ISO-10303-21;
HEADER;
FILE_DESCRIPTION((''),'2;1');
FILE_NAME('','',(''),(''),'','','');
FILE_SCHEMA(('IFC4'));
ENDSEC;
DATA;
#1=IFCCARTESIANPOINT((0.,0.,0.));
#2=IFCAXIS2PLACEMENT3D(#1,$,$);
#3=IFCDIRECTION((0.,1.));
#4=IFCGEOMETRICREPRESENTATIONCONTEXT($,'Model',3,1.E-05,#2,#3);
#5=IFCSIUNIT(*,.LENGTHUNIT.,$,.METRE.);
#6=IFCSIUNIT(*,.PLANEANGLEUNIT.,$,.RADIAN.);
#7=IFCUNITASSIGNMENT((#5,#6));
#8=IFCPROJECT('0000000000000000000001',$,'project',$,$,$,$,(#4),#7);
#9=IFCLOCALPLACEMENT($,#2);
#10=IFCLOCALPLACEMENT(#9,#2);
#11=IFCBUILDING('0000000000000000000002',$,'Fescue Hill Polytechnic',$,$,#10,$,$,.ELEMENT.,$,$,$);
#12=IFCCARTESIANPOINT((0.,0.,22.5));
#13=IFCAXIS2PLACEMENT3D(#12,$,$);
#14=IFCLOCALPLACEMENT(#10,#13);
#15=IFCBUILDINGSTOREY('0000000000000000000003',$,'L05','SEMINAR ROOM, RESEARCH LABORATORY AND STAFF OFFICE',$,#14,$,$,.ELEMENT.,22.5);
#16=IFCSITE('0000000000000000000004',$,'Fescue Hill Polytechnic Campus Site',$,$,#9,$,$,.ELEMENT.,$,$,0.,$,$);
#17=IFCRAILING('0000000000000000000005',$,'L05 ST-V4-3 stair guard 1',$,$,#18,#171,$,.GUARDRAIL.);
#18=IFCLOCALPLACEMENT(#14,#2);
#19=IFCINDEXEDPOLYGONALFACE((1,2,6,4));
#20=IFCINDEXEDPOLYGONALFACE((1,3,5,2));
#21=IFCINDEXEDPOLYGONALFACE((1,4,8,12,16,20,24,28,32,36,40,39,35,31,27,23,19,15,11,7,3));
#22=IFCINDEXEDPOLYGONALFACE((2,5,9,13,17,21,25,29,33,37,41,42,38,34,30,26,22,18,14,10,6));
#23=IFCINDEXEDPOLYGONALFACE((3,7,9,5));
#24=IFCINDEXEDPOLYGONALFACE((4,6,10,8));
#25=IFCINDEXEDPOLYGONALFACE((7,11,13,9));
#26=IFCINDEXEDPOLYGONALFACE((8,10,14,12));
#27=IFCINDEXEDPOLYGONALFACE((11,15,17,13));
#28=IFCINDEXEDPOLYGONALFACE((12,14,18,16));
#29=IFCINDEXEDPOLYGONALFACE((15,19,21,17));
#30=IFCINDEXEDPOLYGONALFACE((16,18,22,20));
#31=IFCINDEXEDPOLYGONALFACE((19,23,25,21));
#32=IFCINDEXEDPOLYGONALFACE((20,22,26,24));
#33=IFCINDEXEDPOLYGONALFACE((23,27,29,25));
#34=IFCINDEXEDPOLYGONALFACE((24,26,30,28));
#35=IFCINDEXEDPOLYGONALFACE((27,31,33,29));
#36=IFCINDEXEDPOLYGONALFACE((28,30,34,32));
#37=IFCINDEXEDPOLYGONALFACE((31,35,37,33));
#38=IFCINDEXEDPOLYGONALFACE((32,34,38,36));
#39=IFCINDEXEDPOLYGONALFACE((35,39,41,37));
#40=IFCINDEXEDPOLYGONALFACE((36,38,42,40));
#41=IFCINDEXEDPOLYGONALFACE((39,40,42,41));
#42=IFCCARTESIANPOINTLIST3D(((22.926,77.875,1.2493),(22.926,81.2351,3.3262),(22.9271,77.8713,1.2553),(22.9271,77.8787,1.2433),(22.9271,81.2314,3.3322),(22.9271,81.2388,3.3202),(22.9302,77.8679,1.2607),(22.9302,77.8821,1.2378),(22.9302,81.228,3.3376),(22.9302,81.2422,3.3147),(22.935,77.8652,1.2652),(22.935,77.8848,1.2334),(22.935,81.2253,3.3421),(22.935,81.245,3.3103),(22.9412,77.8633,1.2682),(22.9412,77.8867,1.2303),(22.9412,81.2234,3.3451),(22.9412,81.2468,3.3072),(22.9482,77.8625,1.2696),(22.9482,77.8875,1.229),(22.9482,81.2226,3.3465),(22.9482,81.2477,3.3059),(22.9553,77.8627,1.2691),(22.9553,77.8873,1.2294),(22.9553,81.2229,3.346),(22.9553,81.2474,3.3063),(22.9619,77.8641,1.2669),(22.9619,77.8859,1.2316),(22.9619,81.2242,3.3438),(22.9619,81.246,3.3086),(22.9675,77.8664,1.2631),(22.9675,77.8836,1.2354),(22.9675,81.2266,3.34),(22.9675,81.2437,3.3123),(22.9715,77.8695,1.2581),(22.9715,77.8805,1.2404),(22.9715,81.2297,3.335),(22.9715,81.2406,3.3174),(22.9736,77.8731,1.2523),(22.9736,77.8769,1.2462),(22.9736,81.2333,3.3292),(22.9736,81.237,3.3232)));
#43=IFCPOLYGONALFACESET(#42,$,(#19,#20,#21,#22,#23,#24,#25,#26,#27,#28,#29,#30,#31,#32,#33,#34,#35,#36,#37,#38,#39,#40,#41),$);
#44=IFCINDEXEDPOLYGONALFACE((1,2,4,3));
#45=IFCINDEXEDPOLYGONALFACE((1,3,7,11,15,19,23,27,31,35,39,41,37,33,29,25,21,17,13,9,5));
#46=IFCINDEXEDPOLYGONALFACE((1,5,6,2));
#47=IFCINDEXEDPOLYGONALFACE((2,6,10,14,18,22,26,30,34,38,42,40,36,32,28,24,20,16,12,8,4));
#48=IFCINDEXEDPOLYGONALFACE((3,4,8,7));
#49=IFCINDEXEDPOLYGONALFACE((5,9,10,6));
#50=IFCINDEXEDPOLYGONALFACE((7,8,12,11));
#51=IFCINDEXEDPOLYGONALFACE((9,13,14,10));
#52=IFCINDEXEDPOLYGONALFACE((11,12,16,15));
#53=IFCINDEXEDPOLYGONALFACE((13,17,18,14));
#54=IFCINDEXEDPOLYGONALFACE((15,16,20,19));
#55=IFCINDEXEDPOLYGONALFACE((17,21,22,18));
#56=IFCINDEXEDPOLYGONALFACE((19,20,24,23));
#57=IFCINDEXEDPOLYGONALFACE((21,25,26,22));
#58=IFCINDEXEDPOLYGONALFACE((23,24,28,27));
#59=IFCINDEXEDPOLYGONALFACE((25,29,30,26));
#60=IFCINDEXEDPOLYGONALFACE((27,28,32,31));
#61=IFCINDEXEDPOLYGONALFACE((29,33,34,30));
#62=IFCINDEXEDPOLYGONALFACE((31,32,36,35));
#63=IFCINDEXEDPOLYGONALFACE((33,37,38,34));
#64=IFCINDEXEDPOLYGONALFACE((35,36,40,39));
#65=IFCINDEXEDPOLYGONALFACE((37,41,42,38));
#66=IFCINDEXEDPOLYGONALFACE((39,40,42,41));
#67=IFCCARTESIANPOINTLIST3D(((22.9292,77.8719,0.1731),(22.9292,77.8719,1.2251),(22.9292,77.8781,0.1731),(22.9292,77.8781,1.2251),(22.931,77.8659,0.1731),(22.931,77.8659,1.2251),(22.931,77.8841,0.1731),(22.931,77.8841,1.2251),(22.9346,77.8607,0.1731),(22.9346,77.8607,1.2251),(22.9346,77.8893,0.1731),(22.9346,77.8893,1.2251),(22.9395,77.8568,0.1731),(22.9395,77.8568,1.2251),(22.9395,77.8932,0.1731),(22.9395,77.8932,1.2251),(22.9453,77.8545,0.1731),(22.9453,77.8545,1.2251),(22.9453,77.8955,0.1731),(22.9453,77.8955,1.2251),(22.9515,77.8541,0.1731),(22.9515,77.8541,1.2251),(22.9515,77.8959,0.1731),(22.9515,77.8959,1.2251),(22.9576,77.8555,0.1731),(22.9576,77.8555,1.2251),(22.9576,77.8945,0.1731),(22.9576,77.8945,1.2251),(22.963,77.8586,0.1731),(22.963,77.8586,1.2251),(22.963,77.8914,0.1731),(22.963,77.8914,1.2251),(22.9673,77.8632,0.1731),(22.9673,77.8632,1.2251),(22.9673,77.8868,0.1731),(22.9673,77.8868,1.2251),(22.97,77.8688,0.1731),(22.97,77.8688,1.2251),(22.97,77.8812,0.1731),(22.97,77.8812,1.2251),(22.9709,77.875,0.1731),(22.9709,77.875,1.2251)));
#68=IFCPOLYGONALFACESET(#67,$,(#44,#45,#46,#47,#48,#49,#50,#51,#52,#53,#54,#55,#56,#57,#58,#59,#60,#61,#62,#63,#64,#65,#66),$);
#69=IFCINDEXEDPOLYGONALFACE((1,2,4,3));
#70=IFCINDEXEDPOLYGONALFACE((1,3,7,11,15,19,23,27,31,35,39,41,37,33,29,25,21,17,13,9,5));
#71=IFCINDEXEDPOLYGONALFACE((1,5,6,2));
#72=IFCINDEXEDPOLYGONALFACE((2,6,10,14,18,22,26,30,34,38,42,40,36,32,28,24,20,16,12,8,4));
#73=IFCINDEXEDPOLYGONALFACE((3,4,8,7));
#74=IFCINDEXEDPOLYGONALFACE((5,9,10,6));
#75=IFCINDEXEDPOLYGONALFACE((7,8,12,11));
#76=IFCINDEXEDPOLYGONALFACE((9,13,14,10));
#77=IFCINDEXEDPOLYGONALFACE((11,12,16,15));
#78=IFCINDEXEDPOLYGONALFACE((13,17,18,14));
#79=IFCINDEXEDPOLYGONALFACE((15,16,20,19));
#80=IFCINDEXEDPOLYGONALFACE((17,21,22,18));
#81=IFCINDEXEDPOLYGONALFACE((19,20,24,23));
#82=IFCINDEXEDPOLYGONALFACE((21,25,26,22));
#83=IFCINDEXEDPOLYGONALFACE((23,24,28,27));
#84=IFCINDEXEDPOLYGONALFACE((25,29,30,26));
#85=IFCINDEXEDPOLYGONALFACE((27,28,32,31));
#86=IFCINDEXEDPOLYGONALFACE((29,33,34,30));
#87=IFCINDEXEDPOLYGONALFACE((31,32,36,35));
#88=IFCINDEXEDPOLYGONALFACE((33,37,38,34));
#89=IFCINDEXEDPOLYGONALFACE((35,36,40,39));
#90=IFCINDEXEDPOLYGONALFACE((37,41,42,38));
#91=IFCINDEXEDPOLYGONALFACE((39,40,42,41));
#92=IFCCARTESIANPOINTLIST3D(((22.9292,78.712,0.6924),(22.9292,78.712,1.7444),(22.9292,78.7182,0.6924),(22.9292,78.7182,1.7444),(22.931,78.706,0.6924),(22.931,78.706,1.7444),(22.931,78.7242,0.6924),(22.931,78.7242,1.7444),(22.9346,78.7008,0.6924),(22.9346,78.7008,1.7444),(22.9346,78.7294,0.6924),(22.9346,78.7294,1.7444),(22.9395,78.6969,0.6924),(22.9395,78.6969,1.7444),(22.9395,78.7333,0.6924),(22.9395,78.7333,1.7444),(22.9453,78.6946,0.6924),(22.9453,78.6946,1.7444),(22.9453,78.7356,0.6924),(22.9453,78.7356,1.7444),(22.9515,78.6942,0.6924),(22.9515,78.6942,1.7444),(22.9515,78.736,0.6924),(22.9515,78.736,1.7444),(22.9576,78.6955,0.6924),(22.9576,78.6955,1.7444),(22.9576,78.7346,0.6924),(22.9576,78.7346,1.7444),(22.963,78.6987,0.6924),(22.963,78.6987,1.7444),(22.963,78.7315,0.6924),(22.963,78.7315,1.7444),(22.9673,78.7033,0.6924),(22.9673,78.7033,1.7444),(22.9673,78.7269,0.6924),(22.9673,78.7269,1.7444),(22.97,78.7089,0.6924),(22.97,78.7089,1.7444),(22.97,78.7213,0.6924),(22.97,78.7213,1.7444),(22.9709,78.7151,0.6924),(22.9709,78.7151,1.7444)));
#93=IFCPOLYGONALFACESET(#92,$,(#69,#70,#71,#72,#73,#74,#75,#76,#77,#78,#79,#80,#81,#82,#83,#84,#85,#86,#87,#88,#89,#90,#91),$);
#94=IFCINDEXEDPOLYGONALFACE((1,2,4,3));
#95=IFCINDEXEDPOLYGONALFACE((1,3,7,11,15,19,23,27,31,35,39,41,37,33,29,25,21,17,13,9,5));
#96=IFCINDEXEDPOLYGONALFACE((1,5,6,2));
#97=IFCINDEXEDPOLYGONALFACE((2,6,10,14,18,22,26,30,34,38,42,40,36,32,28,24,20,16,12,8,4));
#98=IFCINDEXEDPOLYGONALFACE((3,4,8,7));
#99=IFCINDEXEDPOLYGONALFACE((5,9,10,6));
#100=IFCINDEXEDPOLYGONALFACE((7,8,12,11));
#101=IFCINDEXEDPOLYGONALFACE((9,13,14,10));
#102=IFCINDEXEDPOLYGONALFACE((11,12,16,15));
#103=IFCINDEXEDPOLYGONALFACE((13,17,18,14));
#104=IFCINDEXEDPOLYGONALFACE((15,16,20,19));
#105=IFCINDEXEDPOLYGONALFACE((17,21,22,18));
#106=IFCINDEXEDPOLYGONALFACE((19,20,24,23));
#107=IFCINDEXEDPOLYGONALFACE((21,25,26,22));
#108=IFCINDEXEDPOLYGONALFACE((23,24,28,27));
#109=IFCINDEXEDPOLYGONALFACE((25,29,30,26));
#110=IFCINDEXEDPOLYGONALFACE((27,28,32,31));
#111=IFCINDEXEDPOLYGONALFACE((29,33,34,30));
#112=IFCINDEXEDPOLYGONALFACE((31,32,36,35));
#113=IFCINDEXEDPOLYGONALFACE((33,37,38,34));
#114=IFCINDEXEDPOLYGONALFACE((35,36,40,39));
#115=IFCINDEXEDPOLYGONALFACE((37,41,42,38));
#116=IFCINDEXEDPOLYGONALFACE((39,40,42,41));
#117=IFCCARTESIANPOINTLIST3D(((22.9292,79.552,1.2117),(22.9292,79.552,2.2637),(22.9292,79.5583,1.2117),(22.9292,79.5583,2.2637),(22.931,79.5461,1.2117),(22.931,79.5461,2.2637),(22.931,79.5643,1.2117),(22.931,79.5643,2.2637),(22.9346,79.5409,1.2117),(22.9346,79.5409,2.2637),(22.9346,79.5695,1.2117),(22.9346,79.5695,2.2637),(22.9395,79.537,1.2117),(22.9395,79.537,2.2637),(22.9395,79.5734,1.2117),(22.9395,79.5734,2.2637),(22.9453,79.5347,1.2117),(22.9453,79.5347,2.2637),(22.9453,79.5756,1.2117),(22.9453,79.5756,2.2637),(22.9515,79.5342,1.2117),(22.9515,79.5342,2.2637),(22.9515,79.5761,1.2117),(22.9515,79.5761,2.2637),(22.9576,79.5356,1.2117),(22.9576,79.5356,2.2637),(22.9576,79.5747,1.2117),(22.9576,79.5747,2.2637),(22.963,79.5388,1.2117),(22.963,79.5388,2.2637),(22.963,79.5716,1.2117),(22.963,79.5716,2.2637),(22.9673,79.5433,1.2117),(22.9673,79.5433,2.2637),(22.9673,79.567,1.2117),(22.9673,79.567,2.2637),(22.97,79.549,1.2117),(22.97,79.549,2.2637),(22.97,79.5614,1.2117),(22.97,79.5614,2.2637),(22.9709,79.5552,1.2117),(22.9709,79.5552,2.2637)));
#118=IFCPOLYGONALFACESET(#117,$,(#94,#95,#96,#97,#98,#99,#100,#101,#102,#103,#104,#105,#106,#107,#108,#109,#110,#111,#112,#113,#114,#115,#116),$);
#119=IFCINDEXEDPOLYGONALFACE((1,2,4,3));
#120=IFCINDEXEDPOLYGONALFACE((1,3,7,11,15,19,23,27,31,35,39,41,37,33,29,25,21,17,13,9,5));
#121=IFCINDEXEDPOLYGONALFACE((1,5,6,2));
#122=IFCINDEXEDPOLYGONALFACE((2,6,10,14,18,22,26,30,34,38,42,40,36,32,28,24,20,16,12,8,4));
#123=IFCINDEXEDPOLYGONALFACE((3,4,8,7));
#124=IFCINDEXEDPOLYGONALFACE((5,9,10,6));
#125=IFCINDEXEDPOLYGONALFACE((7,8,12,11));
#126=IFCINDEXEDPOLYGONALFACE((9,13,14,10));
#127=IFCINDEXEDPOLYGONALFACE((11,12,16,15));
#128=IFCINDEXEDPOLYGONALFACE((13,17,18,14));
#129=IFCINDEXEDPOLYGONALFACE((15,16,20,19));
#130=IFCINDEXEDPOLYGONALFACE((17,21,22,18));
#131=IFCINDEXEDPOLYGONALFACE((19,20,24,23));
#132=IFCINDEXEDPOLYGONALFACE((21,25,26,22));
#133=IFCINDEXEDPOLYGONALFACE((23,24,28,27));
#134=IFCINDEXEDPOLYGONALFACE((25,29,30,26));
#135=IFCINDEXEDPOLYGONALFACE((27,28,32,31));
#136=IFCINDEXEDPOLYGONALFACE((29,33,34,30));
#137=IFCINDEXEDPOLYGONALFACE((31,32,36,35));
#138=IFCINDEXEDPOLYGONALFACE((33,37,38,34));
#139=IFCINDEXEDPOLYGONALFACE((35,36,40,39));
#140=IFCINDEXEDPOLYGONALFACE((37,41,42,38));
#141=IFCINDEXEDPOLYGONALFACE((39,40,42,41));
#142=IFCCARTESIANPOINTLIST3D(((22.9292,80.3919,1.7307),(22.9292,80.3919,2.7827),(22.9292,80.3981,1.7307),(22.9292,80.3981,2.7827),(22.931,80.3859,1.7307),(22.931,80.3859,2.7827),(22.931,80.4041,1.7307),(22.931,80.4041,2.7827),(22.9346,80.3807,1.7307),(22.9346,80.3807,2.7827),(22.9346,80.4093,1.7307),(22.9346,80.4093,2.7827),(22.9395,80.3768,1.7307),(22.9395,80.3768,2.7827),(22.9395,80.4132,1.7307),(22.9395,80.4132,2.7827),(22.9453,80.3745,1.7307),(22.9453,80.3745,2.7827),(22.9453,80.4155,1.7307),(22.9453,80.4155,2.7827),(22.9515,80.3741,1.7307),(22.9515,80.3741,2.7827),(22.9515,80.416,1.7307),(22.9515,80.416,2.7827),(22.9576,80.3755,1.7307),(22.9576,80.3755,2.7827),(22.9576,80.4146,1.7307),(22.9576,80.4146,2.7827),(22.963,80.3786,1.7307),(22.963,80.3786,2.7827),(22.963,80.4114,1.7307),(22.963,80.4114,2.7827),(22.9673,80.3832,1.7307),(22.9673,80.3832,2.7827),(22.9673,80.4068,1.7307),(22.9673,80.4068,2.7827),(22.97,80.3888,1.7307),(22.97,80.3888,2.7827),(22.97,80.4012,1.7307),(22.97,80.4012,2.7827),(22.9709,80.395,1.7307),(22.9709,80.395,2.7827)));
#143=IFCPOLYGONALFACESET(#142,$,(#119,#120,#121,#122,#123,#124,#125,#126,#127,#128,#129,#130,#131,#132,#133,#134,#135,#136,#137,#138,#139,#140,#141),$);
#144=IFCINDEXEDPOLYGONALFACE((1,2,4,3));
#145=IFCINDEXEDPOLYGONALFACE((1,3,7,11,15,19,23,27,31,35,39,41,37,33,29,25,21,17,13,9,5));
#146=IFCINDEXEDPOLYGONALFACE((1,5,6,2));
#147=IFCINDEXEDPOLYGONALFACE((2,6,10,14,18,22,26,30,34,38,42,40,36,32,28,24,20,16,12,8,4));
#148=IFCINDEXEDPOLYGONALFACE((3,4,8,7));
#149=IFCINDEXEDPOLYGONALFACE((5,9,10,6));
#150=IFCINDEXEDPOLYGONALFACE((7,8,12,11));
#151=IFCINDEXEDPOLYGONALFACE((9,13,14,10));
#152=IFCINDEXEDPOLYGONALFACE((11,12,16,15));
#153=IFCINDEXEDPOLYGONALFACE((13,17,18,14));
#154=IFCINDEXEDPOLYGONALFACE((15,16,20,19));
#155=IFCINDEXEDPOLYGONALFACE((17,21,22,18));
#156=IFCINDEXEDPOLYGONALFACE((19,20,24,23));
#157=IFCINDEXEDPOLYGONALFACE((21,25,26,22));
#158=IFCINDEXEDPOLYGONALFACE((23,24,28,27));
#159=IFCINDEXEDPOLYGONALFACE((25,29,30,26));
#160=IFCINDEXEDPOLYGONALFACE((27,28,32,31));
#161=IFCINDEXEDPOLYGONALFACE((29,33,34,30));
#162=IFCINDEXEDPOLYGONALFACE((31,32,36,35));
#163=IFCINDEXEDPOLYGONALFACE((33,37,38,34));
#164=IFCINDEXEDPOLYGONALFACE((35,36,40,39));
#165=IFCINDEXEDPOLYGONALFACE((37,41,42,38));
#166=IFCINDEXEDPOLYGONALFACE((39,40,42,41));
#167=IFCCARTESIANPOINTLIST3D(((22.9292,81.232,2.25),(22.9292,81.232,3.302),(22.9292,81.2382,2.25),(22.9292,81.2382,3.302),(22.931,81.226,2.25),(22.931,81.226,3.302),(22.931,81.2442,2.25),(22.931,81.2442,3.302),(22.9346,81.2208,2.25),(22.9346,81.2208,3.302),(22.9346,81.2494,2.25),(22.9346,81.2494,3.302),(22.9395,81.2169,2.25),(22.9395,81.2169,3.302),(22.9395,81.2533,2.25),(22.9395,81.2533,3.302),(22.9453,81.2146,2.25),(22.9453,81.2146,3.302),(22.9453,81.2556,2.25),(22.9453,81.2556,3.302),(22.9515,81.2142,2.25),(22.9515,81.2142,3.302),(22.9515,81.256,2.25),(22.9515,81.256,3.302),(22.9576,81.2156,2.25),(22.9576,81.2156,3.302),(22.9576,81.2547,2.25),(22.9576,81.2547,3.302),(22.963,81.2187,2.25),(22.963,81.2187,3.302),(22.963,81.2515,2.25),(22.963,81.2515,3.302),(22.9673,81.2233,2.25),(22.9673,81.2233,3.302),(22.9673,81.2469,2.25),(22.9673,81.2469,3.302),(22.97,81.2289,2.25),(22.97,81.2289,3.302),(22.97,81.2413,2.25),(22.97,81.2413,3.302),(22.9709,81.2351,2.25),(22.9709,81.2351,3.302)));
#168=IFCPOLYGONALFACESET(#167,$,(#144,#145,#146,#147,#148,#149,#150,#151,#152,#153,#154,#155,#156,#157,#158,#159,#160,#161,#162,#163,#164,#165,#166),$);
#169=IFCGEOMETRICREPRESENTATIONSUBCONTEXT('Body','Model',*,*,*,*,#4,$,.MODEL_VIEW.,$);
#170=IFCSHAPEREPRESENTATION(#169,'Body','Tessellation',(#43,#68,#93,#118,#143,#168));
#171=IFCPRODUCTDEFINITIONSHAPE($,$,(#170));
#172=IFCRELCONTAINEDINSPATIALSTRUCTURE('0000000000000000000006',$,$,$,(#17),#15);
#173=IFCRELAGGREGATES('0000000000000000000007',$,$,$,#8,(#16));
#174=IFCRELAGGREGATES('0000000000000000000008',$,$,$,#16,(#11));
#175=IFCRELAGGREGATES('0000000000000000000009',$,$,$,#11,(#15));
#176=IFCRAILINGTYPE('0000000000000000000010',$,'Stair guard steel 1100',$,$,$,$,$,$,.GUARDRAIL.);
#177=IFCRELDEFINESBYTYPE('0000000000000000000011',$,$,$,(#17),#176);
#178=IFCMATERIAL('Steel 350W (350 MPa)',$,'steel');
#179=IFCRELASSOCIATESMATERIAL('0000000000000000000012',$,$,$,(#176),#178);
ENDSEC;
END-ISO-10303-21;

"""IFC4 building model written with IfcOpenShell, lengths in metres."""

from ifc_helpers import new_model, si_unit, direction, frame, origin, origin_2d, place, context, subcontext, project, spatial, circle, extrude, material, type_object, element, save


model = new_model("IFC4")

# Units and contexts
model_context = context("Model", 3, precision=1e-05, world=origin(), true_north=direction((0.0, 1.0)))
body_context = subcontext(model_context, "Body", "Model", "MODEL_VIEW")
ifc_project = project(units=[si_unit("LENGTHUNIT", "METRE"), si_unit("PLANEANGLEUNIT", "RADIAN")], contexts=[model_context])

# Site, building, storey
site_placement = place(None, origin())
site = spatial("IfcSite", under=ifc_project, at=site_placement, Name="Fescue Hill Polytechnic Campus Site", CompositionType="ELEMENT", RefElevation=0.0)
building_placement = place(site_placement, origin())
building = spatial("IfcBuilding", under=site, at=building_placement, Name="Fescue Hill Polytechnic", CompositionType="ELEMENT")
storey_placement = place(building_placement, frame((0.0, 0.0, 22.5)))
storey = spatial("IfcBuildingStorey", under=building, at=storey_placement, Name="L05", Description="SEMINAR ROOM, RESEARCH LABORATORY AND STAFF OFFICE", CompositionType="ELEMENT", Elevation=22.5)

# Railing
ifc_material_1 = material(Name="Steel 350W (350 MPa)", Category="steel")
railing_type = type_object("IfcRailingType", Name="Stair guard steel 1100", PredefinedType="GUARDRAIL", material=ifc_material_1)
railing_1_placement = place(storey_placement, frame((22.95, 77.875, 0.1731)))
element("IfcRailing", 1, at=railing_1_placement, inside=storey, type_object=railing_type, Name="L05 ST-V4-3 stair guard 1", PredefinedType="GUARDRAIL", context=body_context, shape_type="SweptSolid", body=[
    extrude(circle(Radius=0.0239, at=origin_2d()), frame((0.0, 0.0, 1.0762), z_axis=(0.0, 0.850623, 0.525776), x_axis=(-1.0, 0.0, 0.0)), (0.0, 0.0, 1.0), 3.9502),
    extrude(circle(Radius=0.021, at=origin_2d()), origin(), (0.0, 0.0, 1.0), 1.052),
    extrude(circle(Radius=0.021, at=origin_2d()), frame((0.0, 0.8401, 0.5193)), (0.0, 0.0, 1.0), 1.052),
    extrude(circle(Radius=0.021, at=origin_2d()), frame((0.0, 1.6802, 1.0386)), (0.0, 0.0, 1.0), 1.052),
    extrude(circle(Radius=0.021, at=origin_2d()), frame((0.0, 2.52, 1.5576)), (0.0, 0.0, 1.0), 1.052),
    extrude(circle(Radius=0.021, at=origin_2d()), frame((0.0, 3.3601, 2.0769)), (0.0, 0.0, 1.0), 1.052),
])

save(model, "model.ifc")
